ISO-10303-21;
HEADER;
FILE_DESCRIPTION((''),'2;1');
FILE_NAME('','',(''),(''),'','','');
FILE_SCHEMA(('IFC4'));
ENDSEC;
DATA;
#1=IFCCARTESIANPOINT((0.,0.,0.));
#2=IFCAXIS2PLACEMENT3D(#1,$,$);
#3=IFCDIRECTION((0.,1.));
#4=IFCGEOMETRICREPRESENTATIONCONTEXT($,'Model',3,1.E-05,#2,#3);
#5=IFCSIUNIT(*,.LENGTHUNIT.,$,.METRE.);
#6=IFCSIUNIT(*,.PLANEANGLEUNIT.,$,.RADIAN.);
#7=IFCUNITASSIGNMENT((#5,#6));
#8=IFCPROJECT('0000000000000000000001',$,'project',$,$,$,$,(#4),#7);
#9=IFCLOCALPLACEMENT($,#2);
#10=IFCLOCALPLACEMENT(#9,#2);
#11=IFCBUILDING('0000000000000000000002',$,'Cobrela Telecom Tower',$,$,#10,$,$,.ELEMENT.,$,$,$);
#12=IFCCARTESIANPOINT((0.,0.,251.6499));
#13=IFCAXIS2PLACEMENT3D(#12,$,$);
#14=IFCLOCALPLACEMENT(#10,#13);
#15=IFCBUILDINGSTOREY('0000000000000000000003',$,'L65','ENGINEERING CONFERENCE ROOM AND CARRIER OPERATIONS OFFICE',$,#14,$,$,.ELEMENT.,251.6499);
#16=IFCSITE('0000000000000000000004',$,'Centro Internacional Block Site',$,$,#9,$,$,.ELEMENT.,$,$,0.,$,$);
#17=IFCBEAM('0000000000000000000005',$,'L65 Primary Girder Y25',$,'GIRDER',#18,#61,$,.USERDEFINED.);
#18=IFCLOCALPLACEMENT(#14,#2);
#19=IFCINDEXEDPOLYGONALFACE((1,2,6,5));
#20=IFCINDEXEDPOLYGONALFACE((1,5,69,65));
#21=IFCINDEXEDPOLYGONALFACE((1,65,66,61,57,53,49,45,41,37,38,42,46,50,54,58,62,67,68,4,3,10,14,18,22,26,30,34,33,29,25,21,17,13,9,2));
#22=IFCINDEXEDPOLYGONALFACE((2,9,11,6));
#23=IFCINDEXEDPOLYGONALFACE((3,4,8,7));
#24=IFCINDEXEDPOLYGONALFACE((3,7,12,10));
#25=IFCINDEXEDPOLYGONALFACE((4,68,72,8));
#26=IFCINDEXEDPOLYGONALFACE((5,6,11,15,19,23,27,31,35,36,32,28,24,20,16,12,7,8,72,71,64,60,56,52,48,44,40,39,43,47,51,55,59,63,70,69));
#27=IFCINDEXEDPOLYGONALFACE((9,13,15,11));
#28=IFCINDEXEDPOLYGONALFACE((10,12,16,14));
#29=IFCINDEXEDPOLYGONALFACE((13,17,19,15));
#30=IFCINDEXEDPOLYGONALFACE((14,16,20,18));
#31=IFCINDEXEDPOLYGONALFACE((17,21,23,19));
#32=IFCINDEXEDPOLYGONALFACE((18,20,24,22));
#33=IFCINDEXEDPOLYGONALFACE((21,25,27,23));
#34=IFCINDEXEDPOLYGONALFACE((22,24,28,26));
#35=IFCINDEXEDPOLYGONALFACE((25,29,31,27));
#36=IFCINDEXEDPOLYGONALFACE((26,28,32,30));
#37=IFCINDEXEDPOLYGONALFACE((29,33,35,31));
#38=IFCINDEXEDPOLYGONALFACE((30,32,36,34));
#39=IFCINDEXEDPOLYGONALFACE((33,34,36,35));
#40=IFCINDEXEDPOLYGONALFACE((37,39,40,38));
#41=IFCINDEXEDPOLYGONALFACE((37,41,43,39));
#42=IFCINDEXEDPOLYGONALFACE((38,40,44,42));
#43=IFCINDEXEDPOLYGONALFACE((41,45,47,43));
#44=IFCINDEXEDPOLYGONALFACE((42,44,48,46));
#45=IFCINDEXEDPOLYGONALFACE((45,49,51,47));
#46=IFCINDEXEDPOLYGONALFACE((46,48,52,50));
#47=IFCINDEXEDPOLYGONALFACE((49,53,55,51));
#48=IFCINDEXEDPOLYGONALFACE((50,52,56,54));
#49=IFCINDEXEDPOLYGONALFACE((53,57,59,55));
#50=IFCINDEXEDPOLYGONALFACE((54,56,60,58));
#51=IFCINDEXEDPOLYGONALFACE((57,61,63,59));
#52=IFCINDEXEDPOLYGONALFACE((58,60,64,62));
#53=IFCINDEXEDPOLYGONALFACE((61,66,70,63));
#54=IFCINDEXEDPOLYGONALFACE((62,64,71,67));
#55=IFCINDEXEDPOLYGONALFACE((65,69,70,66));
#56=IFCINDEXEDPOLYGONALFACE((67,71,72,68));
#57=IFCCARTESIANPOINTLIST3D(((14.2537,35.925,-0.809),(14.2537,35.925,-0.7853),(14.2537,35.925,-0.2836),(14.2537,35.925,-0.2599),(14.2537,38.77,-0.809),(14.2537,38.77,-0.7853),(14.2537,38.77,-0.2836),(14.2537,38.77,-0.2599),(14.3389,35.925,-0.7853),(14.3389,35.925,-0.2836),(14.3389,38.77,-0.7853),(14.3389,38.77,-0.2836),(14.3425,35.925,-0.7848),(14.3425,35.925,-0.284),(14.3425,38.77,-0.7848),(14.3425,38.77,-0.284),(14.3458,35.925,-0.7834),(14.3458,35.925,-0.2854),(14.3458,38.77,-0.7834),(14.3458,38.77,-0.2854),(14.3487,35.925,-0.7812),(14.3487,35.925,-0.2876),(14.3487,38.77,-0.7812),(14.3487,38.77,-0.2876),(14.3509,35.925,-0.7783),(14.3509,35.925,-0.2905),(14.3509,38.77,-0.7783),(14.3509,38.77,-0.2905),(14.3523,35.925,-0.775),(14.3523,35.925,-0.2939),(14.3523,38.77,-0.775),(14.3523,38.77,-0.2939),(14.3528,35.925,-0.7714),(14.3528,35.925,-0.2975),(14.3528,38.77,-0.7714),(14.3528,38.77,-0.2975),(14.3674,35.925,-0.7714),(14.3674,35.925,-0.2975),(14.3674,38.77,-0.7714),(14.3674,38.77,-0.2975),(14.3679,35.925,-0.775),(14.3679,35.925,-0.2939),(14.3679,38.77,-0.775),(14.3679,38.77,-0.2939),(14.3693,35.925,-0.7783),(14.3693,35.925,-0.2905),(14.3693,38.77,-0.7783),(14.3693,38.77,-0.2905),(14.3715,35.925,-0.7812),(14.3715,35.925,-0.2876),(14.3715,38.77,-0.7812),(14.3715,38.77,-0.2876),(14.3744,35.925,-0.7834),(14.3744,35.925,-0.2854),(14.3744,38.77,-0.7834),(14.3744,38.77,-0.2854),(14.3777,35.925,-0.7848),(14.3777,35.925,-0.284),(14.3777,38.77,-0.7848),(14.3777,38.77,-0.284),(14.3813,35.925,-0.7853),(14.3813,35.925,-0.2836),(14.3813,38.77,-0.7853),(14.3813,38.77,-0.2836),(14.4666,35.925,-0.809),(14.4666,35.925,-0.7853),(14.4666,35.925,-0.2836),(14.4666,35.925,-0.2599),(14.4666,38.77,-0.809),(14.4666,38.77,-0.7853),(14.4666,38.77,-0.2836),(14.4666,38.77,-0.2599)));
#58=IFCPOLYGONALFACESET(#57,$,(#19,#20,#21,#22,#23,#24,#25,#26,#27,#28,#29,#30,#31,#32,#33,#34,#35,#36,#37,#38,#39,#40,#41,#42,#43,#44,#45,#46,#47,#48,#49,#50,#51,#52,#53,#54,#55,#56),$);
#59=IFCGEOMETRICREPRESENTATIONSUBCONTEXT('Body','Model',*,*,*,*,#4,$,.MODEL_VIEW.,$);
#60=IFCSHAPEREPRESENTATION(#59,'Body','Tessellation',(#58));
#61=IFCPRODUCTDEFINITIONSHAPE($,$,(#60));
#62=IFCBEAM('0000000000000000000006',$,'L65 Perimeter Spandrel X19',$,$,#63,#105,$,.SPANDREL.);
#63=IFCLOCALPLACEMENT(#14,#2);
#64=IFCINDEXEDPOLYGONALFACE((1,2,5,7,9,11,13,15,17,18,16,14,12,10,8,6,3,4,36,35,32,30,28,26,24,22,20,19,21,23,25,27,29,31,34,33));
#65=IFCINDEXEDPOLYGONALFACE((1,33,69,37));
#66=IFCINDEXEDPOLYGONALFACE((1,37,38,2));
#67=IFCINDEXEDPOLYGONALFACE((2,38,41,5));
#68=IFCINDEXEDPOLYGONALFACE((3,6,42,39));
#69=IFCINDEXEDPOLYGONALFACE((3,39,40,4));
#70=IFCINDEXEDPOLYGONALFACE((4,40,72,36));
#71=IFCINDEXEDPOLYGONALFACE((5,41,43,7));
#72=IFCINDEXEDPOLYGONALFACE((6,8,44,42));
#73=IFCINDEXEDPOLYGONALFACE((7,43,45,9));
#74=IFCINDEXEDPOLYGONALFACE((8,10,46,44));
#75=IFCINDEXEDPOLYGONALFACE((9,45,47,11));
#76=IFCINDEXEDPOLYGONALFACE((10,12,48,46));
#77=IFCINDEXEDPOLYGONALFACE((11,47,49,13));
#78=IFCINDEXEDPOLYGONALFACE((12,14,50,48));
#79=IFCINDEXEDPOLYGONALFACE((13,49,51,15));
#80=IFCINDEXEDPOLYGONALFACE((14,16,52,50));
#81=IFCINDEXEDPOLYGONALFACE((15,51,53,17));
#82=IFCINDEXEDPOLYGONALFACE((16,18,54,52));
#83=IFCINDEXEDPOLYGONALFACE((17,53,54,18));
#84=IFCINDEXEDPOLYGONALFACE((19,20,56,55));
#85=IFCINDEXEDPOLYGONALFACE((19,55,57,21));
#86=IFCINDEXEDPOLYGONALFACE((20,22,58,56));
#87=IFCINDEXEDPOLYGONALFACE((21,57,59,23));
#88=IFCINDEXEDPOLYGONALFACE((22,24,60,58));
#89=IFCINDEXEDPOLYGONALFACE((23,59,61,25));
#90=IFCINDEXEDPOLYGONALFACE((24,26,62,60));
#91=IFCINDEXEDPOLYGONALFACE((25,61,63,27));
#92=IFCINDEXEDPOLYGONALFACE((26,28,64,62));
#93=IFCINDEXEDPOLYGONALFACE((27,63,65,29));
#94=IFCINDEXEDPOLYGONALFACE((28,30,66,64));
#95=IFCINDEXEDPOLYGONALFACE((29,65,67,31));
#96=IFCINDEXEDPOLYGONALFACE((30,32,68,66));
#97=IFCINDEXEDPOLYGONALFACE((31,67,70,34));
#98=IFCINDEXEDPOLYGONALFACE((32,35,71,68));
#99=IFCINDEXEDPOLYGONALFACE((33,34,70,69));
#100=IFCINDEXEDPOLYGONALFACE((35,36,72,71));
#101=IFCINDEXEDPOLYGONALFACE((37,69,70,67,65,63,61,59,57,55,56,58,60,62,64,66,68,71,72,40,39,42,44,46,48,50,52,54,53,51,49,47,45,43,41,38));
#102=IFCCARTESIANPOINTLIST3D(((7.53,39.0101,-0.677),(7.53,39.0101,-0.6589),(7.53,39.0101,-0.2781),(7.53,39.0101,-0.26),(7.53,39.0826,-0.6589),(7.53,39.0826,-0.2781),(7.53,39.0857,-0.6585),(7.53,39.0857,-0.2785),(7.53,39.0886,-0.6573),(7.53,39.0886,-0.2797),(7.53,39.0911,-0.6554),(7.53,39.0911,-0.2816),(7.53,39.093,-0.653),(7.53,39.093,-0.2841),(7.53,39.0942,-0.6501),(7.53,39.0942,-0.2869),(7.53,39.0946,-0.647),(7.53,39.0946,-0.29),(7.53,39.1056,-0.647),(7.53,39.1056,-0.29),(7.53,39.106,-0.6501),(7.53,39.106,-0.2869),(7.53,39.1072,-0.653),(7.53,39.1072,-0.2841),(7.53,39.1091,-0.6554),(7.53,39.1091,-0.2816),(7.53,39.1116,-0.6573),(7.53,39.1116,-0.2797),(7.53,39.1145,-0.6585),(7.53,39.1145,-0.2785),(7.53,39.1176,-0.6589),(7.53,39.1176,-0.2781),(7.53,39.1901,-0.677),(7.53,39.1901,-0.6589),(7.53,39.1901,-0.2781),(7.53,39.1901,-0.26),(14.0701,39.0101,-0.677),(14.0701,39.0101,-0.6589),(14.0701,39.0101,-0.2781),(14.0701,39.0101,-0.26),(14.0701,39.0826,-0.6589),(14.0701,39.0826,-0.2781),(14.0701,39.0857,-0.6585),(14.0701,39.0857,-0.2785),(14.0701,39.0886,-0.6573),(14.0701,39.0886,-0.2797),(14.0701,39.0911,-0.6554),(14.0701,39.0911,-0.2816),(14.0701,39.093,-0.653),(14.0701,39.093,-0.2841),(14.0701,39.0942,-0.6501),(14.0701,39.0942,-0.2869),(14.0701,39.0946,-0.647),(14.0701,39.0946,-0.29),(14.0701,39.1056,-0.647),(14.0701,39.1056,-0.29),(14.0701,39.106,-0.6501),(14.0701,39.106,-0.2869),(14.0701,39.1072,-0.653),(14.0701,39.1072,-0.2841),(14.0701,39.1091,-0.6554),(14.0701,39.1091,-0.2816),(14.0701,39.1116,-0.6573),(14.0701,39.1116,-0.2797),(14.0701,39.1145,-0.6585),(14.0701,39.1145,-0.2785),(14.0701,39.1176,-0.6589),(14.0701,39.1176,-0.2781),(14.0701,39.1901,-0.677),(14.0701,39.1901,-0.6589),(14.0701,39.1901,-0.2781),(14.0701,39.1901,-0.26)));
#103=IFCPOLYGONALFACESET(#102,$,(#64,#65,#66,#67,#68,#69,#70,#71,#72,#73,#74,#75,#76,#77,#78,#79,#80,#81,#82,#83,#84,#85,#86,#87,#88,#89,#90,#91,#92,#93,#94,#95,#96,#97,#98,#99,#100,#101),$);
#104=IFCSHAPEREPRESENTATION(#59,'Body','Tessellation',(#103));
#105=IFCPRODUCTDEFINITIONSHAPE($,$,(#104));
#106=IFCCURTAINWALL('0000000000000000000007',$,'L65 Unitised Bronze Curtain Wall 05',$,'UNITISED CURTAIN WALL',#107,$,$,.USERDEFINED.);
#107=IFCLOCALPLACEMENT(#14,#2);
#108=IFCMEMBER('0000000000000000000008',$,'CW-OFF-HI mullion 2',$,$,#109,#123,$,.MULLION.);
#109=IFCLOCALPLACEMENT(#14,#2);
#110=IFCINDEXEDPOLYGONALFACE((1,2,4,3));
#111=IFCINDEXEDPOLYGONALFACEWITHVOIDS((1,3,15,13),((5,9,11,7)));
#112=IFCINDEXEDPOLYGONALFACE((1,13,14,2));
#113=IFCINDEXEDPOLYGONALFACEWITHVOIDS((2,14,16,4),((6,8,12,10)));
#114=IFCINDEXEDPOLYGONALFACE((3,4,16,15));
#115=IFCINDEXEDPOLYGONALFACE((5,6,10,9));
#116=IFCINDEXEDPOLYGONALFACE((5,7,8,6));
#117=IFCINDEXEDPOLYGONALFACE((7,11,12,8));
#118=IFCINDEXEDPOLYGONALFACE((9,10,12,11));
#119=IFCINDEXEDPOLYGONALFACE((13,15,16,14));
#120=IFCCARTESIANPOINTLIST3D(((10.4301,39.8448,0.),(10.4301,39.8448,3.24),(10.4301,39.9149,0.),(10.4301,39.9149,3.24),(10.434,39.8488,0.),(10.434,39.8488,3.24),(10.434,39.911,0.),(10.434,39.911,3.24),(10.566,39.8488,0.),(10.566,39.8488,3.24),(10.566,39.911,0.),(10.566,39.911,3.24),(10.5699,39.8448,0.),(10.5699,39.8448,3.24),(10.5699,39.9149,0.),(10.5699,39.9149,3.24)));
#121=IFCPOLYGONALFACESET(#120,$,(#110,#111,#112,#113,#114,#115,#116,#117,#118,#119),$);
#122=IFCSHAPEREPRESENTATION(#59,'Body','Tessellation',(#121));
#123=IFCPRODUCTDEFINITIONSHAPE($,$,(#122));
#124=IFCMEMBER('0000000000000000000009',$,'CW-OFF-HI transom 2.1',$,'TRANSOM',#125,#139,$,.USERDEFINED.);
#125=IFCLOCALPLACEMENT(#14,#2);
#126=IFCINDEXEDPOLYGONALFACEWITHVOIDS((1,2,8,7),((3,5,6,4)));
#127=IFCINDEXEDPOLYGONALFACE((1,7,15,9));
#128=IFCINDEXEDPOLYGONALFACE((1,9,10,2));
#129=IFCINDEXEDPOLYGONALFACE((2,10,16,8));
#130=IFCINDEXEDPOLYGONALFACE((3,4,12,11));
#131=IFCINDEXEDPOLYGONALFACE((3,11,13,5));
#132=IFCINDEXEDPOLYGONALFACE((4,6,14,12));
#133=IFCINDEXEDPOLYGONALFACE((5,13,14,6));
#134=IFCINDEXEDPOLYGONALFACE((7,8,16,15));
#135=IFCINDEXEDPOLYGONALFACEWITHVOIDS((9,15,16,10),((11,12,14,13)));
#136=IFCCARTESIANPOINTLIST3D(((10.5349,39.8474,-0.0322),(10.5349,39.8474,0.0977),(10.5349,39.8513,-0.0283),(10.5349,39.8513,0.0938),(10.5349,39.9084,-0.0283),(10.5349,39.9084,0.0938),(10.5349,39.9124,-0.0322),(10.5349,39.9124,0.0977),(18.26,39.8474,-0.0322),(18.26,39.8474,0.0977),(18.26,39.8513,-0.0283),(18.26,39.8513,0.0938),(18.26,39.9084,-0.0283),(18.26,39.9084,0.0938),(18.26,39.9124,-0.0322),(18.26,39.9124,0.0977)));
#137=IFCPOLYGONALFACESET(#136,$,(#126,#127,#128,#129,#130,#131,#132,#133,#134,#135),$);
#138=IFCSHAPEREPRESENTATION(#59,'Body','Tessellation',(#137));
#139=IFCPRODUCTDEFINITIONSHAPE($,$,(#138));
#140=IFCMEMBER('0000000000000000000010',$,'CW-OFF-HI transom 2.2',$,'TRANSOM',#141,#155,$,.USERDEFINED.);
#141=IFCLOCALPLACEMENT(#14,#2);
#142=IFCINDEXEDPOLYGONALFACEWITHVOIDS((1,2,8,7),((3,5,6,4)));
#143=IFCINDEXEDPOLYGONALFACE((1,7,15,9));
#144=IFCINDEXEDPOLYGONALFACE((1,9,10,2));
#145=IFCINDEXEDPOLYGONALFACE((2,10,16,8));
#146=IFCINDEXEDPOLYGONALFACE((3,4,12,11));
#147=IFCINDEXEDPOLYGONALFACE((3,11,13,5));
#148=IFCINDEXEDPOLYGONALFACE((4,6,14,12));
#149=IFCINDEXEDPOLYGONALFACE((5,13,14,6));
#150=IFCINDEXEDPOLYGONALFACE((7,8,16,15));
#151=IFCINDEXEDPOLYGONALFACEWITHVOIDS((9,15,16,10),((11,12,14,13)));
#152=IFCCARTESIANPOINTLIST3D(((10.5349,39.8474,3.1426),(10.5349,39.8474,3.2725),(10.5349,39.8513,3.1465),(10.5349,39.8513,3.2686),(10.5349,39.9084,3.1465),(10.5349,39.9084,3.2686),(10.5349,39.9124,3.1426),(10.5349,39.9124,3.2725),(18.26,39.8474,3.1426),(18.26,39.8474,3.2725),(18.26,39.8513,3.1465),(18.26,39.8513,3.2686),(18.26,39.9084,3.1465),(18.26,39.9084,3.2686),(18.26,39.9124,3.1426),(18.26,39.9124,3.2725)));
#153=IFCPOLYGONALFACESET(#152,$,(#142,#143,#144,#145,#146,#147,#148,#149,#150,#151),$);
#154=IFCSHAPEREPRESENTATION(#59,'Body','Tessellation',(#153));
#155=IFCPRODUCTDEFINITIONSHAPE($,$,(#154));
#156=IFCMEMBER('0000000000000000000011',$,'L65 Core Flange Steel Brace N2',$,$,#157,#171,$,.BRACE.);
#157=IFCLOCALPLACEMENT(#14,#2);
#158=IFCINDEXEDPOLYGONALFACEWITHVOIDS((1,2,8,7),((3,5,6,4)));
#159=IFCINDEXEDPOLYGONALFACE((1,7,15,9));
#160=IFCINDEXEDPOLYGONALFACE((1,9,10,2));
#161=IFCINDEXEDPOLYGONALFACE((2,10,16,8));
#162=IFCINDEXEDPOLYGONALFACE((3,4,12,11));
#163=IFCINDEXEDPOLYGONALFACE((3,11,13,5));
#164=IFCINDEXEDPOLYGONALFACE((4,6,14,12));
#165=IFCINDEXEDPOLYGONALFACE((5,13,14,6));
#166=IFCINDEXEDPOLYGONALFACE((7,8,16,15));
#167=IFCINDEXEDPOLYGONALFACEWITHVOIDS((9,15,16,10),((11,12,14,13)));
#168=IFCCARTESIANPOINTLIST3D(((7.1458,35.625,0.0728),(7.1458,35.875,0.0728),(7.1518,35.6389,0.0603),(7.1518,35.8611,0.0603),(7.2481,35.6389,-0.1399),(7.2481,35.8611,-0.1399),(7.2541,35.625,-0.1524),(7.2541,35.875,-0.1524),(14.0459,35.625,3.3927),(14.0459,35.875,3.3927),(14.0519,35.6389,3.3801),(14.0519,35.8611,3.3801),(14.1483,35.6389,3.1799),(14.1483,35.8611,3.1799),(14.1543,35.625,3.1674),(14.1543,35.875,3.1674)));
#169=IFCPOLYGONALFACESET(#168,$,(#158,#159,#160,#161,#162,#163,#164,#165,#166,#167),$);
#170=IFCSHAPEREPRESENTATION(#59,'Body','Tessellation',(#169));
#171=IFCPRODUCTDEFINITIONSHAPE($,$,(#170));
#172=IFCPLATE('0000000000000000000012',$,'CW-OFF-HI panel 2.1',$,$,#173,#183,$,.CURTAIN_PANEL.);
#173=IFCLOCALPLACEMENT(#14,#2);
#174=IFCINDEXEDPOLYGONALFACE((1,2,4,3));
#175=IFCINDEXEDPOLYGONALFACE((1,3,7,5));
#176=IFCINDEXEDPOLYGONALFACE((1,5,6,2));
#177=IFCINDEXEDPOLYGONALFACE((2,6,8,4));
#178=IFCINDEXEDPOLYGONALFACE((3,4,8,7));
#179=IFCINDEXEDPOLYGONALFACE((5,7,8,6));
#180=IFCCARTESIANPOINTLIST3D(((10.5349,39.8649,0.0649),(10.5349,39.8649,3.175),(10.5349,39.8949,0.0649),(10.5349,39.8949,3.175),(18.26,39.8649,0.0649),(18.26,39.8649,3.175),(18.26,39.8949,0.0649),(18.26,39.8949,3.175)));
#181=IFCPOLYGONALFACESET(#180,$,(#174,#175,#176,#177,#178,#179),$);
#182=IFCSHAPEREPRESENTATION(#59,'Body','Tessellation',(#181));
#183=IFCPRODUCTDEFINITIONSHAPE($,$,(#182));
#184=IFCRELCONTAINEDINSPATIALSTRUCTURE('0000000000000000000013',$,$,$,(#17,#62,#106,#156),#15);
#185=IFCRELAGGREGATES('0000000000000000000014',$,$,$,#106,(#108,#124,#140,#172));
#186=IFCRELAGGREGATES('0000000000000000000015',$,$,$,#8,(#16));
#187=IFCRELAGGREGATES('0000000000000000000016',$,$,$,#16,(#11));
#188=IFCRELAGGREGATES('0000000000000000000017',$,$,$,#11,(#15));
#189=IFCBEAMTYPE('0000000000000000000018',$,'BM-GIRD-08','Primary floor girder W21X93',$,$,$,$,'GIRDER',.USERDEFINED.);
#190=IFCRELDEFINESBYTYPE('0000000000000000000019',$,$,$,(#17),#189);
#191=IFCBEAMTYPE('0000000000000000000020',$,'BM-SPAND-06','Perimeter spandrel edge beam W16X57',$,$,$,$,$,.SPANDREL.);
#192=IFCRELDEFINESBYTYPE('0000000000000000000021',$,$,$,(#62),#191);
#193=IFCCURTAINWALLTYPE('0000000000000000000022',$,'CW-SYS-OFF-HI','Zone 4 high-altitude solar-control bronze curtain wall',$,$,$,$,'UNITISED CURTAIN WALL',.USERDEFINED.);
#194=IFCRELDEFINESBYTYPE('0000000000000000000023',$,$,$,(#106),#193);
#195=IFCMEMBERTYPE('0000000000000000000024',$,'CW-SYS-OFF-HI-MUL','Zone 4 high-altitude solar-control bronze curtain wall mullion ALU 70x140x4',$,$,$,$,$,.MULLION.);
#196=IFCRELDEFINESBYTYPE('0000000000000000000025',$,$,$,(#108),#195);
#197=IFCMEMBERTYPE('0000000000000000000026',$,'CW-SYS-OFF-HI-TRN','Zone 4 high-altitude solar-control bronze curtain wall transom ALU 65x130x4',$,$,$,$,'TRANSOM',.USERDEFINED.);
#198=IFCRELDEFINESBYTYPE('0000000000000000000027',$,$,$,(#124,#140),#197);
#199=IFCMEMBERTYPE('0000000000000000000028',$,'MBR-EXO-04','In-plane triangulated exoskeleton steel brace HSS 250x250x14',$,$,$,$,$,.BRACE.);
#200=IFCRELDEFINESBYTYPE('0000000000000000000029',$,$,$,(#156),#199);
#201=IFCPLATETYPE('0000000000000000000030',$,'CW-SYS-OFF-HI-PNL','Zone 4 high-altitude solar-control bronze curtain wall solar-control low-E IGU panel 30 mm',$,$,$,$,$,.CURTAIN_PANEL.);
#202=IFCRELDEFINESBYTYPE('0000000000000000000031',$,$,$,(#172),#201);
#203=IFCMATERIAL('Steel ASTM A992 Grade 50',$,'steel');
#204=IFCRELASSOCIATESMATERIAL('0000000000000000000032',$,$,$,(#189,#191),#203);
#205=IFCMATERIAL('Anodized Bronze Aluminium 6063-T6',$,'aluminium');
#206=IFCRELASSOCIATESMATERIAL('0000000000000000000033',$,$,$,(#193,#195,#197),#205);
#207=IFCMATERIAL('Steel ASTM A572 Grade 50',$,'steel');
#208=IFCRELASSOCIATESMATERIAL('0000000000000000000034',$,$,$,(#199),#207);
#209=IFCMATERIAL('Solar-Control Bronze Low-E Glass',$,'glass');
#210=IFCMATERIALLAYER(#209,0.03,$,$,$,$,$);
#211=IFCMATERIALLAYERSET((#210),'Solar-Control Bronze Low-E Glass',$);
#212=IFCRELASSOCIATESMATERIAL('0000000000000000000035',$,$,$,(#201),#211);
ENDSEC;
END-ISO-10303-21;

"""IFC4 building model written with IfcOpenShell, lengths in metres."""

from ifc_helpers import new_model, si_unit, direction, frame, origin, origin_2d, place, context, subcontext, project, spatial, rectangle, hollow_rectangle, i_section, extrude, material, layer, layer_set, material_profile, profile_set, type_object, element, aggregate, save


model = new_model("IFC4")

# Units and contexts
model_context = context("Model", 3, precision=1e-05, world=origin(), true_north=direction((0.0, 1.0)))
body_context = subcontext(model_context, "Body", "Model", "MODEL_VIEW")
ifc_project = project(units=[si_unit("LENGTHUNIT", "METRE"), si_unit("PLANEANGLEUNIT", "RADIAN")], contexts=[model_context])

# Site, building, storey
site_placement = place(None, origin())
site = spatial("IfcSite", under=ifc_project, at=site_placement, Name="Centro Internacional Block Site", CompositionType="ELEMENT", RefElevation=0.0)
building_placement = place(site_placement, origin())
building = spatial("IfcBuilding", under=site, at=building_placement, Name="Cobrela Telecom Tower", CompositionType="ELEMENT")
storey_placement = place(building_placement, frame((0.0, 0.0, 251.6499)))
storey = spatial("IfcBuildingStorey", under=building, at=storey_placement, Name="L65", Description="ENGINEERING CONFERENCE ROOM AND CARRIER OPERATIONS OFFICE", CompositionType="ELEMENT", Elevation=251.6499)

# Shared definitions
ifc_material_1 = material(Name="Steel ASTM A572 Grade 50", Category="steel")

# Beams
ifc_material_2 = material(Name="Steel ASTM A992 Grade 50", Category="steel")
ifc_material_profile_1 = material_profile(ifc_material_2, i_section(OverallWidth=0.2129, OverallDepth=0.5491, WebThickness=0.0146, FlangeThickness=0.0237, FilletRadius=0.0139, at=origin_2d()), Name="W21X93")
ifc_profile_set_1 = profile_set([ifc_material_profile_1], Name="Steel ASTM A992 Grade 50")
beam_type_1 = type_object("IfcBeamType", Name="BM-GIRD-08", Description="Primary floor girder W21X93", ElementType="GIRDER", PredefinedType="USERDEFINED", material=ifc_profile_set_1)
for number, where, z_axis, x_axis, name in (
    (1, (14.3601, 35.925, -0.5344), (0.0, 1.0, 0.0), (-1.0, 0.0, 0.0), "L65 Primary Girder Y25"),
):
    element("IfcBeam", number, at=place(storey_placement, frame(where, z_axis=z_axis, x_axis=x_axis)), inside=storey, type_object=beam_type_1, Name=name, ObjectType="GIRDER", PredefinedType="USERDEFINED", context=body_context, shape_type="SweptSolid", body=[
        extrude(i_section(OverallWidth=0.2129, OverallDepth=0.5491, WebThickness=0.0146, FlangeThickness=0.0237, FilletRadius=0.0139, at=origin_2d()), origin(), (0.0, 0.0, 1.0), 2.845),
    ])
ifc_material_profile_2 = material_profile(ifc_material_2, i_section(OverallWidth=0.1799, OverallDepth=0.417, WebThickness=0.011, FlangeThickness=0.0181, FilletRadius=0.012, at=origin_2d()), Name="W16X57")
ifc_profile_set_2 = profile_set([ifc_material_profile_2], Name="Steel ASTM A992 Grade 50")
beam_type_2 = type_object("IfcBeamType", Name="BM-SPAND-06", Description="Perimeter spandrel edge beam W16X57", PredefinedType="SPANDREL", material=ifc_profile_set_2)
beam_1_placement = place(storey_placement, frame((7.53, 39.1001, -0.4685), z_axis=(1.0, 0.0, 0.0), x_axis=(0.0, 1.0, 0.0)))
element("IfcBeam", 2, at=beam_1_placement, inside=storey, type_object=beam_type_2, Name="L65 Perimeter Spandrel X19", PredefinedType="SPANDREL", context=body_context, shape_type="SweptSolid", body=[
    extrude(i_section(OverallWidth=0.1799, OverallDepth=0.417, WebThickness=0.011, FlangeThickness=0.0181, FilletRadius=0.012, at=origin_2d()), origin(), (0.0, 0.0, 1.0), 6.54),
])

# Curtain wall, members
ifc_material_3 = material(Name="Anodized Bronze Aluminium 6063-T6", Category="aluminium")
curtain_wall_type = type_object("IfcCurtainWallType", Name="CW-SYS-OFF-HI", Description="Zone 4 high-altitude solar-control bronze curtain wall", ElementType="UNITISED CURTAIN WALL", PredefinedType="USERDEFINED", material=ifc_material_3)
curtain_wall_placement = place(storey_placement, origin())
curtain_wall = element("IfcCurtainWall", 3, at=curtain_wall_placement, inside=storey, type_object=curtain_wall_type, Name="L65 Unitised Bronze Curtain Wall 05", ObjectType="UNITISED CURTAIN WALL", PredefinedType="USERDEFINED")
ifc_material_profile_3 = material_profile(ifc_material_3, hollow_rectangle(XDim=0.0701, YDim=0.1399, WallThickness=0.0039, at=origin_2d()), Name="ALU 70x140x4")
ifc_profile_set_3 = profile_set([ifc_material_profile_3], Name="Anodized Bronze Aluminium 6063-T6")
member_type_1 = type_object("IfcMemberType", Name="CW-SYS-OFF-HI-MUL", Description="Zone 4 high-altitude solar-control bronze curtain wall mullion ALU 70x140x4", PredefinedType="MULLION", material=ifc_profile_set_3)
member_1_placement = place(storey_placement, frame((10.5, 39.8799, 0.0), z_axis=(0.0, 0.0, 1.0), x_axis=(0.0, 1.0, 0.0)))
member_1 = element("IfcMember", 4, at=member_1_placement, type_object=member_type_1, Name="CW-OFF-HI mullion 2", PredefinedType="MULLION", context=body_context, shape_type="SweptSolid", body=[
    extrude(hollow_rectangle(XDim=0.0701, YDim=0.1399, WallThickness=0.0039, at=origin_2d()), origin(), (0.0, 0.0, 1.0), 3.24),
])
ifc_material_profile_4 = material_profile(ifc_material_3, hollow_rectangle(XDim=0.0649, YDim=0.1299, WallThickness=0.0039, at=origin_2d()), Name="ALU 65x130x4")
ifc_profile_set_4 = profile_set([ifc_material_profile_4], Name="Anodized Bronze Aluminium 6063-T6")
member_type_2 = type_object("IfcMemberType", Name="CW-SYS-OFF-HI-TRN", Description="Zone 4 high-altitude solar-control bronze curtain wall transom ALU 65x130x4", ElementType="TRANSOM", PredefinedType="USERDEFINED", material=ifc_profile_set_4)
member_2_placement = place(storey_placement, frame((10.5349, 39.8799, 0.0327), z_axis=(1.0, 0.0, 0.0), x_axis=(0.0, 1.0, 0.0)))
member_2 = element("IfcMember", 5, at=member_2_placement, type_object=member_type_2, Name="CW-OFF-HI transom 2.1", ObjectType="TRANSOM", PredefinedType="USERDEFINED", context=body_context, shape_type="SweptSolid", body=[
    extrude(hollow_rectangle(XDim=0.0649, YDim=0.1299, WallThickness=0.0039, at=origin_2d()), origin(), (0.0, 0.0, 1.0), 7.7251),
])
member_3_placement = place(storey_placement, frame((10.5349, 39.8799, 3.2075), z_axis=(1.0, 0.0, 0.0), x_axis=(0.0, 1.0, 0.0)))
member_3 = element("IfcMember", 6, at=member_3_placement, type_object=member_type_2, Name="CW-OFF-HI transom 2.2", ObjectType="TRANSOM", PredefinedType="USERDEFINED", context=body_context, shape_type="SweptSolid", body=[
    extrude(hollow_rectangle(XDim=0.0649, YDim=0.1299, WallThickness=0.0039, at=origin_2d()), origin(), (0.0, 0.0, 1.0), 7.7251),
])

# Member
ifc_material_profile_5 = material_profile(ifc_material_1, hollow_rectangle(XDim=0.25, YDim=0.25, WallThickness=0.0139, at=origin_2d()), Name="HSS 250x250x14")
ifc_profile_set_5 = profile_set([ifc_material_profile_5], Name="Steel ASTM A572 Grade 50")
member_type_3 = type_object("IfcMemberType", Name="MBR-EXO-04", Description="In-plane triangulated exoskeleton steel brace HSS 250x250x14", PredefinedType="BRACE", material=ifc_profile_set_5)
member_4_placement = place(storey_placement, frame((7.2, 35.75, -0.0398), z_axis=(0.901128, 0.0, 0.433554), x_axis=(0.0, 1.0, 0.0)))
element("IfcMember", 7, at=member_4_placement, inside=storey, type_object=member_type_3, Name="L65 Core Flange Steel Brace N2", PredefinedType="BRACE", context=body_context, shape_type="SweptSolid", body=[
    extrude(hollow_rectangle(XDim=0.25, YDim=0.25, WallThickness=0.0139, at=origin_2d()), origin(), (0.0, 0.0, 1.0), 7.6572),
])

# Plate
ifc_material_4 = material(Name="Solar-Control Bronze Low-E Glass", Category="glass")
ifc_layer_1 = layer(ifc_material_4, 0.03)
ifc_layer_set_1 = layer_set([ifc_layer_1], Name="Solar-Control Bronze Low-E Glass")
plate_type_1 = type_object("IfcPlateType", Name="CW-SYS-OFF-HI-PNL", Description="Zone 4 high-altitude solar-control bronze curtain wall solar-control low-E IGU panel 30 mm", PredefinedType="CURTAIN_PANEL", material=ifc_layer_set_1)
plate_1_placement = place(storey_placement, frame((14.3975, 39.8799, 0.0649), z_axis=(0.0, 0.0, 1.0), x_axis=(1.0, 0.0, 0.0)))
plate_1 = element("IfcPlate", 8, at=plate_1_placement, type_object=plate_type_1, Name="CW-OFF-HI panel 2.1", PredefinedType="CURTAIN_PANEL", context=body_context, shape_type="SweptSolid", body=[
    extrude(rectangle(XDim=7.7251, YDim=0.03, at=origin_2d()), origin(), (0.0, 0.0, 1.0), 3.1101),
])
aggregate(curtain_wall, [member_1, member_2, member_3, plate_1])

save(model, "model.ifc")
